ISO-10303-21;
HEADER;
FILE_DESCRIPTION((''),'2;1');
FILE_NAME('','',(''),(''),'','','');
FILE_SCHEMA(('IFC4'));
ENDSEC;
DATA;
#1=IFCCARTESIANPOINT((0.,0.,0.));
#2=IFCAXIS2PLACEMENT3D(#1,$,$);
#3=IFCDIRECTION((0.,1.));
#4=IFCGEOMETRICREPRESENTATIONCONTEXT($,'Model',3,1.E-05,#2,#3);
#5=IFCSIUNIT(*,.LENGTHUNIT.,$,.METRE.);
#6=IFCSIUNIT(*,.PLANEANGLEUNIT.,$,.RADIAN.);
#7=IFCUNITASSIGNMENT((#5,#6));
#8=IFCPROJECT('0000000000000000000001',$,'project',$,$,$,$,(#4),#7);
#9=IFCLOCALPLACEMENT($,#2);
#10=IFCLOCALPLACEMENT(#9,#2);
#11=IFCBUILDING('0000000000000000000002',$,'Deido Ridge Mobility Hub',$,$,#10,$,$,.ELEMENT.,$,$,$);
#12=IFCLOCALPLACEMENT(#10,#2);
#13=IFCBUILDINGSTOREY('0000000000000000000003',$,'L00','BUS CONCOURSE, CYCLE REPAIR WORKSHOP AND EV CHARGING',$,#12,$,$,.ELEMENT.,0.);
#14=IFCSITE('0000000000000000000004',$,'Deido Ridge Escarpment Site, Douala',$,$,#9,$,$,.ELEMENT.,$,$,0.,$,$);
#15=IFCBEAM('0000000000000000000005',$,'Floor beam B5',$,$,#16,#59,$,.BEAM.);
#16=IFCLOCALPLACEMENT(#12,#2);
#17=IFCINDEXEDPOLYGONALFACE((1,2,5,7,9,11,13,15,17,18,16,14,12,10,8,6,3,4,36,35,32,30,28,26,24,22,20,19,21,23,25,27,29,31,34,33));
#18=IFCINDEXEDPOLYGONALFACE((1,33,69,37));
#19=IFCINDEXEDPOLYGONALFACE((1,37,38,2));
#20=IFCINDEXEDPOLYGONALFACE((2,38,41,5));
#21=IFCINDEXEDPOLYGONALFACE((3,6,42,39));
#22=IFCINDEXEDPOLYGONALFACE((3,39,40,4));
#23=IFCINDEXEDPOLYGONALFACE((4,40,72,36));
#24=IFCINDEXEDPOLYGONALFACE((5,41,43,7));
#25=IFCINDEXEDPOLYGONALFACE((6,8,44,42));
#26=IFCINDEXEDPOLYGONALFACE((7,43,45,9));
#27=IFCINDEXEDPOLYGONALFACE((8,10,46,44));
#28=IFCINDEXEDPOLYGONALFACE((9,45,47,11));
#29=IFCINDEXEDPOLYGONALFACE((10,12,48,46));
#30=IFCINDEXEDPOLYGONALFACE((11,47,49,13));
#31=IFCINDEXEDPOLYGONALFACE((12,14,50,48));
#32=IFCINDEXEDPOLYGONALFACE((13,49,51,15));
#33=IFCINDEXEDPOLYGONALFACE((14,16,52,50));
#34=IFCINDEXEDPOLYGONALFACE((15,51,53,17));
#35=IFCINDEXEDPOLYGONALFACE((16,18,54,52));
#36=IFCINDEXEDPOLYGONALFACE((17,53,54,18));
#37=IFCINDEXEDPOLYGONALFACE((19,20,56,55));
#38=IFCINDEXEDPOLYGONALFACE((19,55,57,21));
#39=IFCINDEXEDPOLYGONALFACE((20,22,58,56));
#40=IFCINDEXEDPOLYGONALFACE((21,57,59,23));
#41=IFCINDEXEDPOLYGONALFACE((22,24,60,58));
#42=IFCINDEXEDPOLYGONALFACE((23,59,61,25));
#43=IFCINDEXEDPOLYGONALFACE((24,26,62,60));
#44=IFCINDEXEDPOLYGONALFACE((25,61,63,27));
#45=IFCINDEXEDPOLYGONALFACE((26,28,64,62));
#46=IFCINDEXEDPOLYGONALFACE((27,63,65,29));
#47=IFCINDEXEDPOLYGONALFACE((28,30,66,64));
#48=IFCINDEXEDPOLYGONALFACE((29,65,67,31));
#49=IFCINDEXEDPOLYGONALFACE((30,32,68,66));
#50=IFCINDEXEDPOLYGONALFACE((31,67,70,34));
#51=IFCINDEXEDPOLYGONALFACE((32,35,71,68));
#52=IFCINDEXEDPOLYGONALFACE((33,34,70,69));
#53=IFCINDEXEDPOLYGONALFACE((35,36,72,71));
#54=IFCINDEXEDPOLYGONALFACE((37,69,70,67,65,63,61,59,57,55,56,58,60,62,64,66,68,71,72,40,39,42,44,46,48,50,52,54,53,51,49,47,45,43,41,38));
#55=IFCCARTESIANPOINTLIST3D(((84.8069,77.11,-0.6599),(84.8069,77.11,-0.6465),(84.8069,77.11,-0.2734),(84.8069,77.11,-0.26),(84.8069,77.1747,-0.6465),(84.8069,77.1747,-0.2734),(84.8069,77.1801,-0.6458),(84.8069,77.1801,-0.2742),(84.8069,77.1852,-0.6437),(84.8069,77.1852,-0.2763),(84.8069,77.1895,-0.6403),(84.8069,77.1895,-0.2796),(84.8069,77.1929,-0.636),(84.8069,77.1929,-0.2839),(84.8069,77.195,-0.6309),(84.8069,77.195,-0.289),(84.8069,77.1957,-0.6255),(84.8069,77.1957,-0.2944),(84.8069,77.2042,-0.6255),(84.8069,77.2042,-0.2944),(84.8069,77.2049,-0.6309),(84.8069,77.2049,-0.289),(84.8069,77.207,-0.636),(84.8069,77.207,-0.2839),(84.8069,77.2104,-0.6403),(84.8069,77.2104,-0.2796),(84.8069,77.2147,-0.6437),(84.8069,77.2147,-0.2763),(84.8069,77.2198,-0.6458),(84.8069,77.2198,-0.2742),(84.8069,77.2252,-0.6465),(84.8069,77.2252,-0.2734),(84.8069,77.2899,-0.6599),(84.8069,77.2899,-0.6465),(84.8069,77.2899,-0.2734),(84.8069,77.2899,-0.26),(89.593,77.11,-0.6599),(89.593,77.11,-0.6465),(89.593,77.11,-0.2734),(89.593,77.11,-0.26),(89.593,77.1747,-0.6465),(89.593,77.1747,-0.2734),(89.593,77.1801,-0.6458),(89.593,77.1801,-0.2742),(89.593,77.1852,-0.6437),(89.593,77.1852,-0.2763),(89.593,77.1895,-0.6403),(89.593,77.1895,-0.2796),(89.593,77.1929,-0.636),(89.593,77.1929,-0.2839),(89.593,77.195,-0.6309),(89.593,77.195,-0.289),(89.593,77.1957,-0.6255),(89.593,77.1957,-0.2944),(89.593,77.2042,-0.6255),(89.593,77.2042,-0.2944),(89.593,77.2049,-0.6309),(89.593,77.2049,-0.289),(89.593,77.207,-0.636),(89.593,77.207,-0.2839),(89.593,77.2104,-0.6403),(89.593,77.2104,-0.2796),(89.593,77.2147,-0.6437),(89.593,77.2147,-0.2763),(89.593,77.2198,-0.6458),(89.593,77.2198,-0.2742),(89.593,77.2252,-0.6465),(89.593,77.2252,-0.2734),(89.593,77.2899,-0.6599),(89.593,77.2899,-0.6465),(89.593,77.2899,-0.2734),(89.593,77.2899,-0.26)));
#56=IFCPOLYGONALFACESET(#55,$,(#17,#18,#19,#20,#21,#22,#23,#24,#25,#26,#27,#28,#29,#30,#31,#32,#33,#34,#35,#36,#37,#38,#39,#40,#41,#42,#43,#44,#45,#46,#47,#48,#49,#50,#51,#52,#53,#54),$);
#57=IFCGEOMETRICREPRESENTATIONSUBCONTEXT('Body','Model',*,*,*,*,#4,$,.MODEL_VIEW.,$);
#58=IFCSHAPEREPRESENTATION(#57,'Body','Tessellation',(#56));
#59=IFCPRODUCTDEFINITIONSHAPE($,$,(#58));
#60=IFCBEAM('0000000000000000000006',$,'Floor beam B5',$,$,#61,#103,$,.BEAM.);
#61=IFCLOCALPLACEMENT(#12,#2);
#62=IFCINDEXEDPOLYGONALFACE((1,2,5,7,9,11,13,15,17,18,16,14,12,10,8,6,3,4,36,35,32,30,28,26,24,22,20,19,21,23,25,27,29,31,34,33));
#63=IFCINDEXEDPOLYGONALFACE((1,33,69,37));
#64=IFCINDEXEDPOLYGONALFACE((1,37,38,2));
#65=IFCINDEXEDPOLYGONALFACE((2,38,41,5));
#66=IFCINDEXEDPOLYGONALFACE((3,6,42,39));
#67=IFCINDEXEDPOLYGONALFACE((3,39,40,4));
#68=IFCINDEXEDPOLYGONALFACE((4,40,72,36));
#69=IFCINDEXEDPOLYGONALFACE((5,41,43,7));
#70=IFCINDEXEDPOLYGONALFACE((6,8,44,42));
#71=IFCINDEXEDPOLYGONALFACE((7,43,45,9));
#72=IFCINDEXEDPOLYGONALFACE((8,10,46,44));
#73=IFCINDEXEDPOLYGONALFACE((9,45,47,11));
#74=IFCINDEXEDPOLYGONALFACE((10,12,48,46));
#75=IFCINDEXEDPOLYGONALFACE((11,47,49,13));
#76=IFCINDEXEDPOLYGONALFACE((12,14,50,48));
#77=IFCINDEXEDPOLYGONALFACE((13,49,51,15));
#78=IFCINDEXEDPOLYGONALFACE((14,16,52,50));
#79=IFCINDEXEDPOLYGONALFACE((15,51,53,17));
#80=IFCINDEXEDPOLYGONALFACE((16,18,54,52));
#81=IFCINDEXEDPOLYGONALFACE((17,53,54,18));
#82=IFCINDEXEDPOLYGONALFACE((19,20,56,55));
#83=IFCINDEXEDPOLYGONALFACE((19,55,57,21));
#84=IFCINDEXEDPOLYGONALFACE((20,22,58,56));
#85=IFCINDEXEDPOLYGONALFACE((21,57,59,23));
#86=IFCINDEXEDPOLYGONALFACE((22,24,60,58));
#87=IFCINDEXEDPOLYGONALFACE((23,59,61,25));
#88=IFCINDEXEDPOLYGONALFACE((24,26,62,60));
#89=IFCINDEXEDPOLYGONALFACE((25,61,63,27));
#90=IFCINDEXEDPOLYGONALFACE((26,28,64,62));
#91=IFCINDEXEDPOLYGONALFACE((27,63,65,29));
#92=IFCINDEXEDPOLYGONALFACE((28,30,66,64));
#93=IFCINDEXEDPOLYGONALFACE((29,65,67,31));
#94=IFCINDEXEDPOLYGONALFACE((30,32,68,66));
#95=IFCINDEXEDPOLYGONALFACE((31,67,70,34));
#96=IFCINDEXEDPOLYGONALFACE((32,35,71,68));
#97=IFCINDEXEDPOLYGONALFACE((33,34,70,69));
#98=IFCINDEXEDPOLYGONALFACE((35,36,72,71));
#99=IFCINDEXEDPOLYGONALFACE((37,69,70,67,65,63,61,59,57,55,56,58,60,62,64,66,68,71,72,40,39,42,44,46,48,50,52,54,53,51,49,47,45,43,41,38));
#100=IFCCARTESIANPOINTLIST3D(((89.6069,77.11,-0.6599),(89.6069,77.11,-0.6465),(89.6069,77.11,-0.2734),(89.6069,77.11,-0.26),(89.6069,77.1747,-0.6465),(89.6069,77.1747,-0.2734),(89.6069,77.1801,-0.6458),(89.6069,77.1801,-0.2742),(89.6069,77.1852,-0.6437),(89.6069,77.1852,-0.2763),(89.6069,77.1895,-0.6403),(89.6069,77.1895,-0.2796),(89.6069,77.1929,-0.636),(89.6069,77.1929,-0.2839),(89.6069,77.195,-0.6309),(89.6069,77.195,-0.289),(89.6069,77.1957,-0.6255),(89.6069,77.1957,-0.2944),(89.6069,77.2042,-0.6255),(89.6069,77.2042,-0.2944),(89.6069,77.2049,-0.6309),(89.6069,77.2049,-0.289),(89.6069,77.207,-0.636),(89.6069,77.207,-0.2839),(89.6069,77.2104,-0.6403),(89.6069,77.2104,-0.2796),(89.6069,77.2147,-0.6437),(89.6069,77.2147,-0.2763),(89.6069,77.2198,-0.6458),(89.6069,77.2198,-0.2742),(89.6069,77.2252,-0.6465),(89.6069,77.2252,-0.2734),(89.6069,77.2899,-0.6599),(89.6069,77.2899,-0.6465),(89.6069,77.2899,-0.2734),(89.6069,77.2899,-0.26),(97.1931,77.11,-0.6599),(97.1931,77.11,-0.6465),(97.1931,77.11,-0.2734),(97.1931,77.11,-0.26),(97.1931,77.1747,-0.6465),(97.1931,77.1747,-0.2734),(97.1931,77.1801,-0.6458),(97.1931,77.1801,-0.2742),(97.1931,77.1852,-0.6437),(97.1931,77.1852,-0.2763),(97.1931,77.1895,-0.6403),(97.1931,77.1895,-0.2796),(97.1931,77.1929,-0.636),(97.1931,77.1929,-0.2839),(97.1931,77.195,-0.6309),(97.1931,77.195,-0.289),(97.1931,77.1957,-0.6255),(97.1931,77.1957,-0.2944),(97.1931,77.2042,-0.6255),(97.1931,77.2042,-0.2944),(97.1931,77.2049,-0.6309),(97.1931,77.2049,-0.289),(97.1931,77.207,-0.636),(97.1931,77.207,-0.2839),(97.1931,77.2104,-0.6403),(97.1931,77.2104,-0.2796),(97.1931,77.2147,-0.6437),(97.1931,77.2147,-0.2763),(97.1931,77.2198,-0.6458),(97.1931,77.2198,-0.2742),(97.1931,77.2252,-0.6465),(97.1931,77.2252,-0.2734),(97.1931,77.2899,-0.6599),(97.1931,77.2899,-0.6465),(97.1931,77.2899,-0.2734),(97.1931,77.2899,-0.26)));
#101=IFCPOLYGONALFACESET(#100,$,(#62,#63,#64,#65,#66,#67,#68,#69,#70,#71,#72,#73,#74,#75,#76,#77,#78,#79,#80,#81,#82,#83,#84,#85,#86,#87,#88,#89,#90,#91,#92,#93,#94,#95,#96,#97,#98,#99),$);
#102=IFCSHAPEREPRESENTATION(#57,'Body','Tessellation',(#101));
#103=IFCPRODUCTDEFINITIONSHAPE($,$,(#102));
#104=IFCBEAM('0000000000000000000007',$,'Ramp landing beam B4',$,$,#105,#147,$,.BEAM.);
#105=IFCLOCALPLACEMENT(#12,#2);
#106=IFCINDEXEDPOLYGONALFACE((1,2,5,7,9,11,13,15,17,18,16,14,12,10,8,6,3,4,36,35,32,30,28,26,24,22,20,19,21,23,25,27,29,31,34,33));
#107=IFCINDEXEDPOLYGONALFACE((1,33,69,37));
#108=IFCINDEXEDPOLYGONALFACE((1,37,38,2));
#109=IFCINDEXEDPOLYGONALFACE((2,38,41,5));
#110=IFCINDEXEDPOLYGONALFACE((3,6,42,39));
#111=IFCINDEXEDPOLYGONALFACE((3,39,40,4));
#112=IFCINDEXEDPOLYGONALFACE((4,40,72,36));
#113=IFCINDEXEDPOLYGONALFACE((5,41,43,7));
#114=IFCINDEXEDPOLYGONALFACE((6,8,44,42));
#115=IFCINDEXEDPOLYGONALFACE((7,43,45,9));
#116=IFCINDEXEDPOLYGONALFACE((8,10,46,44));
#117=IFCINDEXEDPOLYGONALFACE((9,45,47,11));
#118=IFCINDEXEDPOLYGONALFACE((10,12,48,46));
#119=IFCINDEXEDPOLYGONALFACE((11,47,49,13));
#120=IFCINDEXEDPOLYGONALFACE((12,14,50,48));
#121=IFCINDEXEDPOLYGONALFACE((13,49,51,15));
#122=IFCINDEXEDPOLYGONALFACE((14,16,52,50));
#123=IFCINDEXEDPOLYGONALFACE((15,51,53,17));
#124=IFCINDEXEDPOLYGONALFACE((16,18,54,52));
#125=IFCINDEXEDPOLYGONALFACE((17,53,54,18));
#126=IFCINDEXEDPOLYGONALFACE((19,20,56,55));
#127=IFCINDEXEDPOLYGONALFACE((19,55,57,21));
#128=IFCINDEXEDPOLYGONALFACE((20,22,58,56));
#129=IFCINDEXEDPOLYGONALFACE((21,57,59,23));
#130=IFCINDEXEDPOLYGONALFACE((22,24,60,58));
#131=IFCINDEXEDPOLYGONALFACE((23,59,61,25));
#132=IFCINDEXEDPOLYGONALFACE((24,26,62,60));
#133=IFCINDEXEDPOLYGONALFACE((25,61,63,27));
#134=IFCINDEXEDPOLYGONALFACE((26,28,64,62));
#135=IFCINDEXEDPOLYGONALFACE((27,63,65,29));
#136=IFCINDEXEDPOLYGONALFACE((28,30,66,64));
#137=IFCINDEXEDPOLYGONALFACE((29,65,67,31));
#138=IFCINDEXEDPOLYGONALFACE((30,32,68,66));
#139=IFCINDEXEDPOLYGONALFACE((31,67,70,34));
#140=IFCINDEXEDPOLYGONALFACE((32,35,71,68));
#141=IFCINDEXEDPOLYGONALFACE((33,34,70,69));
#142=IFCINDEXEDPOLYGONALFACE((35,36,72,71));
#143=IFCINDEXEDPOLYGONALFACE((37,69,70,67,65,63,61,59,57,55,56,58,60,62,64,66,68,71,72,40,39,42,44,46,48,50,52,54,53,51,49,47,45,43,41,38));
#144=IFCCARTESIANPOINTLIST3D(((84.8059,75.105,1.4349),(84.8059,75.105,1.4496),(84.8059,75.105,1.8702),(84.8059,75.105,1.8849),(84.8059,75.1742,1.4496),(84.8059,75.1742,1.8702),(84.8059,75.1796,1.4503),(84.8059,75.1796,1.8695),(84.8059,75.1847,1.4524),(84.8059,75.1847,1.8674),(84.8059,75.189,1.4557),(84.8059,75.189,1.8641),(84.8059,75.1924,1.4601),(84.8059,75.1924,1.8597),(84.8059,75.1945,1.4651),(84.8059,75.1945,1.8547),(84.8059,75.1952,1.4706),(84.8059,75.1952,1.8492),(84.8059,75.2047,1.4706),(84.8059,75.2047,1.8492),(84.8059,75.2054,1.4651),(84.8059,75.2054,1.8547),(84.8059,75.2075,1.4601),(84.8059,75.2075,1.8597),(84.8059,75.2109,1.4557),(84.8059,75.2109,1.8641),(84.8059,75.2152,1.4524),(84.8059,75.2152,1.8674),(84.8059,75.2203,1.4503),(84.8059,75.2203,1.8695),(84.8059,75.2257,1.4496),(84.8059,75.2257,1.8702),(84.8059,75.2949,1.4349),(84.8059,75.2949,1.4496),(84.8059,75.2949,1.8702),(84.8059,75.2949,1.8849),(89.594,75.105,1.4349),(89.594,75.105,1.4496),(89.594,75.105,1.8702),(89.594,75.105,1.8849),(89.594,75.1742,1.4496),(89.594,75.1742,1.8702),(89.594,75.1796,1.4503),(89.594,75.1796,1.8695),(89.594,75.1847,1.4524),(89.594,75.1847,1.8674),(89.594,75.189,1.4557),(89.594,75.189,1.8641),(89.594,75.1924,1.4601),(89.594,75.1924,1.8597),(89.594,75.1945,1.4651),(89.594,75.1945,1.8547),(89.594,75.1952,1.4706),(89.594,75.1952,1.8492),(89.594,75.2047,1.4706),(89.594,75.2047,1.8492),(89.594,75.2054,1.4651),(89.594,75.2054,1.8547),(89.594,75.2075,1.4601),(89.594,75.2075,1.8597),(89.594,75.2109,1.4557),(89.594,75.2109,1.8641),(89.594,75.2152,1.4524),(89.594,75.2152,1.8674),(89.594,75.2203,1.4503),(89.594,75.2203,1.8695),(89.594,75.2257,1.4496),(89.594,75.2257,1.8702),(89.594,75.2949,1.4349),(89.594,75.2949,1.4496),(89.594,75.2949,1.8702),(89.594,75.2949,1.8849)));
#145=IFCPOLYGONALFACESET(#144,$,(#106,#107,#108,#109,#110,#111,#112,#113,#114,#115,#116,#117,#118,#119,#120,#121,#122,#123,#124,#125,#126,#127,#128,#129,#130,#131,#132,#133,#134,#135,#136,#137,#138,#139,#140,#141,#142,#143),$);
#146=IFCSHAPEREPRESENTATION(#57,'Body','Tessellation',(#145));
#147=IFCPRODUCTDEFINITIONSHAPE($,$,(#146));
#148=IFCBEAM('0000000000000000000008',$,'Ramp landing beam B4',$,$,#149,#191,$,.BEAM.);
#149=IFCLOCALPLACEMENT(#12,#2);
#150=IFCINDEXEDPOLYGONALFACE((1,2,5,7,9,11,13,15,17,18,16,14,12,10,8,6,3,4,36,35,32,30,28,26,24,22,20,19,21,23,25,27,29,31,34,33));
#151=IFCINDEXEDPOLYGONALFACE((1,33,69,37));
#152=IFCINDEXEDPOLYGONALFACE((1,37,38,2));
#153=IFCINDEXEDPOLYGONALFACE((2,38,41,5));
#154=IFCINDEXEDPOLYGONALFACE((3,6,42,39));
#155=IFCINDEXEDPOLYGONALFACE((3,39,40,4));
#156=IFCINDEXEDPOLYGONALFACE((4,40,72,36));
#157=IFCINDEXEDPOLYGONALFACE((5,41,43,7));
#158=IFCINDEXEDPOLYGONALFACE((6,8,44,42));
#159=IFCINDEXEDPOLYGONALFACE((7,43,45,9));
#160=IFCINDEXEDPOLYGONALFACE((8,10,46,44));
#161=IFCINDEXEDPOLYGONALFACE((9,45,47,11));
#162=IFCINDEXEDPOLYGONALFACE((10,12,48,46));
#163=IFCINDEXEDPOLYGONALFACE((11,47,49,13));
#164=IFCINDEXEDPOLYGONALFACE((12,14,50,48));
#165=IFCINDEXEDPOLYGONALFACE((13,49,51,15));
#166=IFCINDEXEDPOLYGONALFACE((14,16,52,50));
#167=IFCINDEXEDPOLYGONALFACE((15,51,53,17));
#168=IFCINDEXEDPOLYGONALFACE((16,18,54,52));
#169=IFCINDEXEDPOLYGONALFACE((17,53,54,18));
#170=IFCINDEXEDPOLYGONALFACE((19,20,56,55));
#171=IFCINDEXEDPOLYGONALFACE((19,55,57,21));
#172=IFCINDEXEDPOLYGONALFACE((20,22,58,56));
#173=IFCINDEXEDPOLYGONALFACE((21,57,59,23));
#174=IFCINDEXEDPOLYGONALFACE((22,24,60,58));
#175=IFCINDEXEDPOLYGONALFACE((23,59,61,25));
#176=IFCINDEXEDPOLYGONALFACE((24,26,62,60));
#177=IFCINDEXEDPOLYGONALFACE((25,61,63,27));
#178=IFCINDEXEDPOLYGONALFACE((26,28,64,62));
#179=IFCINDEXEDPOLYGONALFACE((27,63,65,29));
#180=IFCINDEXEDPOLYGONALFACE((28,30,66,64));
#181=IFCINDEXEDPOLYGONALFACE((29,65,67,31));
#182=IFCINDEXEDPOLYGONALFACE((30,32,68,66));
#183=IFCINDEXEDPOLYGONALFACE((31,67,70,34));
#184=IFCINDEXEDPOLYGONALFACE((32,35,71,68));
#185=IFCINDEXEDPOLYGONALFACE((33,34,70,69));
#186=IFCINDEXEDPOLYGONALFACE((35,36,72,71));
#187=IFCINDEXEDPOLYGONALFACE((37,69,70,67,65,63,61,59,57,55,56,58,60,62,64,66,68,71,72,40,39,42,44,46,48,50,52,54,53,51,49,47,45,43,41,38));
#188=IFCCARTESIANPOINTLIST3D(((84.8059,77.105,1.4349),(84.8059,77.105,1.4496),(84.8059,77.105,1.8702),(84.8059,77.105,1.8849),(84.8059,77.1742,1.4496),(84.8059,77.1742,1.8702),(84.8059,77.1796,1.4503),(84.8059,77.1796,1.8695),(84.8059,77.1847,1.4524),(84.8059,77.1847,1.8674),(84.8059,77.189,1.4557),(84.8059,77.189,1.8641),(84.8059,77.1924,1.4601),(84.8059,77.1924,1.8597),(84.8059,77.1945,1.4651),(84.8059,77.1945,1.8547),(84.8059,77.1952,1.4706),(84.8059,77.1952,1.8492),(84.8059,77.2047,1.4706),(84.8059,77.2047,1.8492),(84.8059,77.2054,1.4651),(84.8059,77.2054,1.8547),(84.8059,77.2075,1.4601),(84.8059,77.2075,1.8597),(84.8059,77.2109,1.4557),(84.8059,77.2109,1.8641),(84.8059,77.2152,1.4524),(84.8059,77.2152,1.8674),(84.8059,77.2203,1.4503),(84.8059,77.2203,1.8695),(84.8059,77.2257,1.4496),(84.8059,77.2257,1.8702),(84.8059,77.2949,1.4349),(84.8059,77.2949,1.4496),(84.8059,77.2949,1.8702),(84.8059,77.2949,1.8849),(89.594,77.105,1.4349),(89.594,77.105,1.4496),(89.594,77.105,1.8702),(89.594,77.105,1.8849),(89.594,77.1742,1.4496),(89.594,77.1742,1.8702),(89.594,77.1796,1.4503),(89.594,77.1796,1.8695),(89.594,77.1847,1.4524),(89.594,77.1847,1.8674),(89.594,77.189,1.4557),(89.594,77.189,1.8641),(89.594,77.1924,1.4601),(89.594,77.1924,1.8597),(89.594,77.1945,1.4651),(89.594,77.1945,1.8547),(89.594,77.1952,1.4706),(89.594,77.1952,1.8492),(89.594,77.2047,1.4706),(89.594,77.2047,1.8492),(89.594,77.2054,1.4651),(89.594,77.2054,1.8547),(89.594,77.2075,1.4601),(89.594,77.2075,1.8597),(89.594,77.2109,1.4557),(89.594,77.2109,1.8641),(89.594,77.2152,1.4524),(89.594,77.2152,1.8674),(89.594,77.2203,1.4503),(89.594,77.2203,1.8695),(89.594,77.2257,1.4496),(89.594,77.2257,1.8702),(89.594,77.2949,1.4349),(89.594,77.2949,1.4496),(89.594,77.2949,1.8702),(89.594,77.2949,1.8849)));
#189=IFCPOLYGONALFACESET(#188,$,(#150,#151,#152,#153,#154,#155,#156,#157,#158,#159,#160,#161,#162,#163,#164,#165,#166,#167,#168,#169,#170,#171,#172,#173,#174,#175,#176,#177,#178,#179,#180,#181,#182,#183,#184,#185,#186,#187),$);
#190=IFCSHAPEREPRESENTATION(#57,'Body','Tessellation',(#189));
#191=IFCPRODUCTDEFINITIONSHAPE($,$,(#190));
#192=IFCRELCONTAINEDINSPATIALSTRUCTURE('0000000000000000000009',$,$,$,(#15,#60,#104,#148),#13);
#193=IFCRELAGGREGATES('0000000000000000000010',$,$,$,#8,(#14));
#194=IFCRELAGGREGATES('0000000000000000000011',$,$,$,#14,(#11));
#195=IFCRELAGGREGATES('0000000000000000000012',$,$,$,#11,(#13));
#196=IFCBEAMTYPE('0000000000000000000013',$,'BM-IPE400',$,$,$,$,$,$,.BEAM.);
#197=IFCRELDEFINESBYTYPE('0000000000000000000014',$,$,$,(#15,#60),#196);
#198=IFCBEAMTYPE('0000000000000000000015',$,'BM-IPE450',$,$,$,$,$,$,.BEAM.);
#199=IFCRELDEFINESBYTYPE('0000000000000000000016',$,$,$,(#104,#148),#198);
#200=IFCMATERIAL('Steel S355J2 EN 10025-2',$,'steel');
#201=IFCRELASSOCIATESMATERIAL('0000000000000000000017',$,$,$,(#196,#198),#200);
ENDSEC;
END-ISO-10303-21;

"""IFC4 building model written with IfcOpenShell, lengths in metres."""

from ifc_helpers import new_model, si_unit, direction, frame, origin, origin_2d, place, context, subcontext, project, spatial, i_section, extrude, material, material_profile, profile_set, type_object, element, save


model = new_model("IFC4")

# Units and contexts
model_context = context("Model", 3, precision=1e-05, world=origin(), true_north=direction((0.0, 1.0)))
body_context = subcontext(model_context, "Body", "Model", "MODEL_VIEW")
ifc_project = project(units=[si_unit("LENGTHUNIT", "METRE"), si_unit("PLANEANGLEUNIT", "RADIAN")], contexts=[model_context])

# Site, building, storey
site_placement = place(None, origin())
site = spatial("IfcSite", under=ifc_project, at=site_placement, Name="Deido Ridge Escarpment Site, Douala", CompositionType="ELEMENT", RefElevation=0.0)
building_placement = place(site_placement, origin())
building = spatial("IfcBuilding", under=site, at=building_placement, Name="Deido Ridge Mobility Hub", CompositionType="ELEMENT")
storey_placement = place(building_placement, origin())
storey = spatial("IfcBuildingStorey", under=building, at=storey_placement, Name="L00", Description="BUS CONCOURSE, CYCLE REPAIR WORKSHOP AND EV CHARGING", CompositionType="ELEMENT", Elevation=0.0)

# Shared definitions
ifc_material_1 = material(Name="Steel S355J2 EN 10025-2", Category="steel")

# Beams
ifc_material_profile_1 = material_profile(ifc_material_1, i_section(OverallWidth=0.1799, OverallDepth=0.3999, WebThickness=0.0085, FlangeThickness=0.0134, FilletRadius=0.021, at=origin_2d()), Name="IPE 400")
ifc_profile_set_1 = profile_set([ifc_material_profile_1], Name="Steel S355J2 EN 10025-2")
beam_type_1 = type_object("IfcBeamType", Name="BM-IPE400", PredefinedType="BEAM", material=ifc_profile_set_1)
beam_1_placement = place(storey_placement, frame((84.8069, 77.2, -0.46), z_axis=(1.0, 0.0, 0.0), x_axis=(0.0, 1.0, 0.0)))
element("IfcBeam", 1, at=beam_1_placement, inside=storey, type_object=beam_type_1, Name="Floor beam B5", PredefinedType="BEAM", context=body_context, shape_type="SweptSolid", body=[
    extrude(i_section(OverallWidth=0.1799, OverallDepth=0.3999, WebThickness=0.0085, FlangeThickness=0.0134, FilletRadius=0.021, at=origin_2d()), origin(), (0.0, 0.0, 1.0), 4.7861),
])
beam_2_placement = place(storey_placement, frame((89.6069, 77.2, -0.46), z_axis=(1.0, 0.0, 0.0), x_axis=(0.0, 1.0, 0.0)))
element("IfcBeam", 2, at=beam_2_placement, inside=storey, type_object=beam_type_1, Name="Floor beam B5", PredefinedType="BEAM", context=body_context, shape_type="SweptSolid", body=[
    extrude(i_section(OverallWidth=0.1799, OverallDepth=0.3999, WebThickness=0.0085, FlangeThickness=0.0134, FilletRadius=0.021, at=origin_2d()), origin(), (0.0, 0.0, 1.0), 7.5862),
])
ifc_material_profile_2 = material_profile(ifc_material_1, i_section(OverallWidth=0.1899, OverallDepth=0.45, WebThickness=0.0095, FlangeThickness=0.0146, FilletRadius=0.021, at=origin_2d()), Name="IPE 450")
ifc_profile_set_2 = profile_set([ifc_material_profile_2], Name="Steel S355J2 EN 10025-2")
beam_type_2 = type_object("IfcBeamType", Name="BM-IPE450", PredefinedType="BEAM", material=ifc_profile_set_2)
for number, where, z_axis, x_axis, name in (
    (3, (84.8059, 75.2, 1.6599), (1.0, 0.0, 0.0), (0.0, 1.0, 0.0), "Ramp landing beam B4"),
    (4, (84.8059, 77.2, 1.6599), (1.0, 0.0, 0.0), (0.0, 1.0, 0.0), "Ramp landing beam B4"),
):
    element("IfcBeam", number, at=place(storey_placement, frame(where, z_axis=z_axis, x_axis=x_axis)), inside=storey, type_object=beam_type_2, Name=name, PredefinedType="BEAM", context=body_context, shape_type="SweptSolid", body=[
        extrude(i_section(OverallWidth=0.1899, OverallDepth=0.45, WebThickness=0.0095, FlangeThickness=0.0146, FilletRadius=0.021, at=origin_2d()), origin(), (0.0, 0.0, 1.0), 4.7881),
    ])

save(model, "model.ifc")
